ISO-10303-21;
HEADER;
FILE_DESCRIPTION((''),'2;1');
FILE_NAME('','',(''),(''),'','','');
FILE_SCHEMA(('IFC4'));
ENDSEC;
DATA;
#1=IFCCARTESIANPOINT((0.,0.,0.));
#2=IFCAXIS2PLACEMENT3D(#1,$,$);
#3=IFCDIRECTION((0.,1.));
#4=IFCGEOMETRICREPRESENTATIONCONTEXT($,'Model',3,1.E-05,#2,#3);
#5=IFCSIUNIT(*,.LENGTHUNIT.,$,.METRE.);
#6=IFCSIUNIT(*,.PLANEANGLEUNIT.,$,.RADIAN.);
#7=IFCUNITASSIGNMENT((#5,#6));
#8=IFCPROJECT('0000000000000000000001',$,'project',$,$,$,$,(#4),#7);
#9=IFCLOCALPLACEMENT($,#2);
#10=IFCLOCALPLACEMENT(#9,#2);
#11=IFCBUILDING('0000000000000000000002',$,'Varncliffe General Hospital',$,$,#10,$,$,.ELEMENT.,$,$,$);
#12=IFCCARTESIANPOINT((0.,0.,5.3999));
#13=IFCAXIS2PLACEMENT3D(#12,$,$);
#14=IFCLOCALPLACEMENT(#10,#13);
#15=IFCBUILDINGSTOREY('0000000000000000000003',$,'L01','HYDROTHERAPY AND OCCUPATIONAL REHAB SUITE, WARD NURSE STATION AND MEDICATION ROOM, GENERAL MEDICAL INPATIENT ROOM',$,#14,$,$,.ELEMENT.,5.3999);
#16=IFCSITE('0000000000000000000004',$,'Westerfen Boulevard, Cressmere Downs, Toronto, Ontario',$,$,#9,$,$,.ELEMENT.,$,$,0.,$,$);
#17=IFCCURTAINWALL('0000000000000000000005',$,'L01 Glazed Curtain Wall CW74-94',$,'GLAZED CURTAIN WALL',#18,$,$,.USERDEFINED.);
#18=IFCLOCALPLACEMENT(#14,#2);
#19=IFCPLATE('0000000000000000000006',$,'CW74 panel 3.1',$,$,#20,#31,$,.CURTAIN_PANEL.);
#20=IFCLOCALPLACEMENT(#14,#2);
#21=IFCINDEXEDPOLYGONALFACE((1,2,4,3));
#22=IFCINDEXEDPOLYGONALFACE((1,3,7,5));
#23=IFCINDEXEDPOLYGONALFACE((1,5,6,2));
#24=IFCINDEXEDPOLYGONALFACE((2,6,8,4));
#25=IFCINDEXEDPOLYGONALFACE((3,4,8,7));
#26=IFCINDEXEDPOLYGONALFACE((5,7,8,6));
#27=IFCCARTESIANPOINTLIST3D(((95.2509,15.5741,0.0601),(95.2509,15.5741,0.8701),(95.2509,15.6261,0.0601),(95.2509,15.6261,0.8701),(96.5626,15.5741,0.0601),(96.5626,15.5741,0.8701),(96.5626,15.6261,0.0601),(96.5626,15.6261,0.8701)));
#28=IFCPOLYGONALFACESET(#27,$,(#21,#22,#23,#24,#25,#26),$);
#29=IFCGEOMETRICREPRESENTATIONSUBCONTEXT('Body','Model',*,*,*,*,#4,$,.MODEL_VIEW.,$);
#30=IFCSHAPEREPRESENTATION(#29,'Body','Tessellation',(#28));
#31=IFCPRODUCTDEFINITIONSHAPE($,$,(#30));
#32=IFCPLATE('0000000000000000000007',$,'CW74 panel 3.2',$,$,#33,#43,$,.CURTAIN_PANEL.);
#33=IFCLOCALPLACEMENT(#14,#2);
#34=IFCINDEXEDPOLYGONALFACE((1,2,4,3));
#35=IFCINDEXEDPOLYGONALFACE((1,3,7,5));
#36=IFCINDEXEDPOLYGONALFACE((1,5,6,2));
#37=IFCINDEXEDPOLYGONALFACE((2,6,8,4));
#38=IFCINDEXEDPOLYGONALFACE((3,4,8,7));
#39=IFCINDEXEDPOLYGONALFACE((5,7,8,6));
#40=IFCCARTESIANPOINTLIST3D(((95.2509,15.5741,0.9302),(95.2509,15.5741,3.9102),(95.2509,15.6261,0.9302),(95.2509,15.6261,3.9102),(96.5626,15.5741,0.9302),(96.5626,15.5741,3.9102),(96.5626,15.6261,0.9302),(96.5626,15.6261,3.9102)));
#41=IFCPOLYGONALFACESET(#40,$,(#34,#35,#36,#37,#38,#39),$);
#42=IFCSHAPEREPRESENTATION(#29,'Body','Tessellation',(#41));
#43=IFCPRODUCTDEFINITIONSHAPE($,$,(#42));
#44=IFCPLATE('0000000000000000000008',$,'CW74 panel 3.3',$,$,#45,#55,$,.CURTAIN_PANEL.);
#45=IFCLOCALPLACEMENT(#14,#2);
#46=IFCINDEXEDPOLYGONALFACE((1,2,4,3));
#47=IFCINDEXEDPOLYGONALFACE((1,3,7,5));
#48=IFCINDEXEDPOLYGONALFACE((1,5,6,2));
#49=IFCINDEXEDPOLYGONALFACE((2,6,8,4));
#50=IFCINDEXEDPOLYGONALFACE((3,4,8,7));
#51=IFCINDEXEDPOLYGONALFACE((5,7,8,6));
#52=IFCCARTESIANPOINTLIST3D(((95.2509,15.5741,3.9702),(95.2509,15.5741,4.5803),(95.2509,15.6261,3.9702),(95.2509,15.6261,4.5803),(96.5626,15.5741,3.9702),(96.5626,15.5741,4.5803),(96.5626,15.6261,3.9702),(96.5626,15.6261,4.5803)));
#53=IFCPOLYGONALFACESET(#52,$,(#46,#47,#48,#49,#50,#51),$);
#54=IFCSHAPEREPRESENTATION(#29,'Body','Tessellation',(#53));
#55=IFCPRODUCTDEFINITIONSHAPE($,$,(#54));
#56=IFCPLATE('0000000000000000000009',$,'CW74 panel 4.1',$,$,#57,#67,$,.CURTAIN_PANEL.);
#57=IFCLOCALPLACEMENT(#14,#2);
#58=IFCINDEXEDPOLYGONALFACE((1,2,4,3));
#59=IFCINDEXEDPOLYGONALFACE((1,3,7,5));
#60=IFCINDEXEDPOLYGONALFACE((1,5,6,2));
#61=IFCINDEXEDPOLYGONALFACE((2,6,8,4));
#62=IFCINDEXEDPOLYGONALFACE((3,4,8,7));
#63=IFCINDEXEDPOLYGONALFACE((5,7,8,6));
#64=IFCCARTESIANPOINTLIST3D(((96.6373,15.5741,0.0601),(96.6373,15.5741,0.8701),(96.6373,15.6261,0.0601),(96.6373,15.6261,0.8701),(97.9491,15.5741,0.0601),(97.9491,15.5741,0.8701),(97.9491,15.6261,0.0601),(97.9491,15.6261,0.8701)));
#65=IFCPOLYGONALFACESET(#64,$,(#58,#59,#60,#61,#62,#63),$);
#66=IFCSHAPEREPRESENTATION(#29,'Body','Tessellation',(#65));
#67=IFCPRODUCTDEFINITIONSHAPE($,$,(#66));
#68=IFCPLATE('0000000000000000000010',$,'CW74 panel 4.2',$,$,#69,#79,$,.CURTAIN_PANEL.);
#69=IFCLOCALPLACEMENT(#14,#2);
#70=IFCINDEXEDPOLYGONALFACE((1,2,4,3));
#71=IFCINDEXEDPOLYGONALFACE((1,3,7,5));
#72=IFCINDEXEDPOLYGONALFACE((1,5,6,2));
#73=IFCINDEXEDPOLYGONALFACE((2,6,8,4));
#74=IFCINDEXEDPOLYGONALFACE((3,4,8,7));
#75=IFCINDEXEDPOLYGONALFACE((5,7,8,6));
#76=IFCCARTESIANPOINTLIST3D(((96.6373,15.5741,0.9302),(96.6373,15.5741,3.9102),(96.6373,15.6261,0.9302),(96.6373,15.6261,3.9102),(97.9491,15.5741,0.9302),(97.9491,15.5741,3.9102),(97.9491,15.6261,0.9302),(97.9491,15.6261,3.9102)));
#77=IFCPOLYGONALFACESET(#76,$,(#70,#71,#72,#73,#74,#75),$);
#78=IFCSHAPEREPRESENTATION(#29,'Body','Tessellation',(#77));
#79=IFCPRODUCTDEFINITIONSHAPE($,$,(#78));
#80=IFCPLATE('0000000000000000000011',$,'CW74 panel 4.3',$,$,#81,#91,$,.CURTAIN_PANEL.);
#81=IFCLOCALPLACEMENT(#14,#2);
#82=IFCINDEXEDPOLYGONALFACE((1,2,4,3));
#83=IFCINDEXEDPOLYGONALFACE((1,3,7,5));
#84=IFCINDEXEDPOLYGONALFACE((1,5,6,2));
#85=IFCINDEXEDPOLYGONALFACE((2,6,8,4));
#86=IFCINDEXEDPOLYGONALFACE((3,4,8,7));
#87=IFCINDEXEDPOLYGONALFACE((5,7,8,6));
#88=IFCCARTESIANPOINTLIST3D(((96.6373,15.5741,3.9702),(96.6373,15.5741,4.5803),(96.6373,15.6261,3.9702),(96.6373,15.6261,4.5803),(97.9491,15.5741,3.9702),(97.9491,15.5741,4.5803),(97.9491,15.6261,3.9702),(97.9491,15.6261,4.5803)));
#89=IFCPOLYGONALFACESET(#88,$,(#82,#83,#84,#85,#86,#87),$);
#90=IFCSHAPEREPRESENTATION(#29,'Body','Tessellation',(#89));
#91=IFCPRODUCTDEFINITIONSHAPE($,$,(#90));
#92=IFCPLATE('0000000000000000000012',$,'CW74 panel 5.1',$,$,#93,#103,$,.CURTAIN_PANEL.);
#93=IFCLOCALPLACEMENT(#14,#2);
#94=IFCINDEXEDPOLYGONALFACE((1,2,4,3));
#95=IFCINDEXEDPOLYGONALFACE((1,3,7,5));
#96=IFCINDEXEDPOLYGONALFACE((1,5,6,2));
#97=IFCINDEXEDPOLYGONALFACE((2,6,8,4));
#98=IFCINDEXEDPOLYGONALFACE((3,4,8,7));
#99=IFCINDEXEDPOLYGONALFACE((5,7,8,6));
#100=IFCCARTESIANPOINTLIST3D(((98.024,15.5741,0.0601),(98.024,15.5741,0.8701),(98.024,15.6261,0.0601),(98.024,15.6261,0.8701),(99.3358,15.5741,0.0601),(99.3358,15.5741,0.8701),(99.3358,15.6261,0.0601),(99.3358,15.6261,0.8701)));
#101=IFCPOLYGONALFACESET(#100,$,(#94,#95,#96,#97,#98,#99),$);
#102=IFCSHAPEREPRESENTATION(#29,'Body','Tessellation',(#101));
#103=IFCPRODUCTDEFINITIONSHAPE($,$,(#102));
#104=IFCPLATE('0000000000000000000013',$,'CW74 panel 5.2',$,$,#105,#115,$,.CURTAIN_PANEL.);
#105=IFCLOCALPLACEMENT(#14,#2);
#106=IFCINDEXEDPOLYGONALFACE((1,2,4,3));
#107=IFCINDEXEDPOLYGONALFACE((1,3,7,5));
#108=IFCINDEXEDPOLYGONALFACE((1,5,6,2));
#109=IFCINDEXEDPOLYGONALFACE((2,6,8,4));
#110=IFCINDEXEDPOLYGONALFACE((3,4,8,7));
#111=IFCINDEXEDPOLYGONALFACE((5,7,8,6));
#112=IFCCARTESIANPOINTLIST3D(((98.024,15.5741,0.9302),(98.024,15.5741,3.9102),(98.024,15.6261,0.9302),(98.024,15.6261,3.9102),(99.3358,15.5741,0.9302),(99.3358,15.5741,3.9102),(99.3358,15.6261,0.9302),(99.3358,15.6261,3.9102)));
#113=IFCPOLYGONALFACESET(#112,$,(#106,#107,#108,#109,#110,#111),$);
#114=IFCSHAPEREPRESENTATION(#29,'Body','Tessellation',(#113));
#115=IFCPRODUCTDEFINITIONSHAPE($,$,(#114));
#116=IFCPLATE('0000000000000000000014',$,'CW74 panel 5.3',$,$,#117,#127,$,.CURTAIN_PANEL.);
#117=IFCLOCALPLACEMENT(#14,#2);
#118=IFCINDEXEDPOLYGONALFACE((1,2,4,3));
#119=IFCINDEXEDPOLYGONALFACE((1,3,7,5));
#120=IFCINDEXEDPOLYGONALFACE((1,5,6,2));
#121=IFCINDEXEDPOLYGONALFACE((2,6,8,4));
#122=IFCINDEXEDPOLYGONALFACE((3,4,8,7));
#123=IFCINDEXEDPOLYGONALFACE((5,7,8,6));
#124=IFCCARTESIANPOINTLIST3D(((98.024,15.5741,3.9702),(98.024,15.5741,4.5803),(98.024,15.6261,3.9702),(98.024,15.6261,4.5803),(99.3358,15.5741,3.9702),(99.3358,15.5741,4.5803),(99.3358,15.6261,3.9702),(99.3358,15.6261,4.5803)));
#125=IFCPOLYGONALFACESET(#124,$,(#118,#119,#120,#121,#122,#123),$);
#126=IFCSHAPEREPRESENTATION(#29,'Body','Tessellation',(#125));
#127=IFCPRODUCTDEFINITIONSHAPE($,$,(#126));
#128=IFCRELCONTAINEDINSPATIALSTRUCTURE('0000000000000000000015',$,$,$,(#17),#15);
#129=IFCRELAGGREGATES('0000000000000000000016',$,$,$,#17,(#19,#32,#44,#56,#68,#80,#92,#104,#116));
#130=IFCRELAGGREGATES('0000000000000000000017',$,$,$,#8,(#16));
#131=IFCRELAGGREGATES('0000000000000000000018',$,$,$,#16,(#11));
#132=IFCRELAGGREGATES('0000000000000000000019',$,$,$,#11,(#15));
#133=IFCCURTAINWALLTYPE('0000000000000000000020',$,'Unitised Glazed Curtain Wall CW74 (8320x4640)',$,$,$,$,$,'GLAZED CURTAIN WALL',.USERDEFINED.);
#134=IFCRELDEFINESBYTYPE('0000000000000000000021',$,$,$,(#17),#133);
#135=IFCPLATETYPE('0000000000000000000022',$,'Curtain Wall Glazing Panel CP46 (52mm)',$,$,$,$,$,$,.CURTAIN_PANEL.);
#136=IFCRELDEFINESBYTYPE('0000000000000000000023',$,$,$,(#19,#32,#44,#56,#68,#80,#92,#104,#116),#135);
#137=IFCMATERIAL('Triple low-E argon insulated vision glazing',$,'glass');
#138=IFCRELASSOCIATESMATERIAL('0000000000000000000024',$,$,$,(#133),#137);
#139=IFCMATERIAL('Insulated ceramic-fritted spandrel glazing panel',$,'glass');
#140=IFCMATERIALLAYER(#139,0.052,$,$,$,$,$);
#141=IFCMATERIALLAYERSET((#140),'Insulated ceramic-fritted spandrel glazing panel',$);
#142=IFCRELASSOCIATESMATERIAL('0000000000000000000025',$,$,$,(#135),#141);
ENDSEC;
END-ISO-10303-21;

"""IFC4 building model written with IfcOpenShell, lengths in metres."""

from ifc_helpers import new_model, si_unit, direction, frame, origin, origin_2d, place, context, subcontext, project, spatial, rectangle, extrude, material, layer, layer_set, type_object, element, aggregate, save


model = new_model("IFC4")

# Units and contexts
model_context = context("Model", 3, precision=1e-05, world=origin(), true_north=direction((0.0, 1.0)))
body_context = subcontext(model_context, "Body", "Model", "MODEL_VIEW")
ifc_project = project(units=[si_unit("LENGTHUNIT", "METRE"), si_unit("PLANEANGLEUNIT", "RADIAN")], contexts=[model_context])

# Site, building, storey
site_placement = place(None, origin())
site = spatial("IfcSite", under=ifc_project, at=site_placement, Name="Westerfen Boulevard, Cressmere Downs, Toronto, Ontario", CompositionType="ELEMENT", RefElevation=0.0)
building_placement = place(site_placement, origin())
building = spatial("IfcBuilding", under=site, at=building_placement, Name="Varncliffe General Hospital", CompositionType="ELEMENT")
storey_placement = place(building_placement, frame((0.0, 0.0, 5.3999)))
storey = spatial("IfcBuildingStorey", under=building, at=storey_placement, Name="L01", Description="HYDROTHERAPY AND OCCUPATIONAL REHAB SUITE, WARD NURSE STATION AND MEDICATION ROOM, GENERAL MEDICAL INPATIENT ROOM", CompositionType="ELEMENT", Elevation=5.3999)

# Curtain wall, plates
ifc_material_1 = material(Name="Triple low-E argon insulated vision glazing", Category="glass")
curtain_wall_type = type_object("IfcCurtainWallType", Name="Unitised Glazed Curtain Wall CW74 (8320x4640)", ElementType="GLAZED CURTAIN WALL", PredefinedType="USERDEFINED", material=ifc_material_1)
curtain_wall_placement = place(storey_placement, origin())
curtain_wall = element("IfcCurtainWall", 1, at=curtain_wall_placement, inside=storey, type_object=curtain_wall_type, Name="L01 Glazed Curtain Wall CW74-94", ObjectType="GLAZED CURTAIN WALL", PredefinedType="USERDEFINED")
ifc_material_2 = material(Name="Insulated ceramic-fritted spandrel glazing panel", Category="glass")
ifc_layer = layer(ifc_material_2, 0.052)
ifc_layer_set = layer_set([ifc_layer], Name="Insulated ceramic-fritted spandrel glazing panel")
plate_type = type_object("IfcPlateType", Name="Curtain Wall Glazing Panel CP46 (52mm)", PredefinedType="CURTAIN_PANEL", material=ifc_layer_set)
plate_1_placement = place(storey_placement, frame((95.9067, 15.6001, 0.0601), z_axis=(0.0, 0.0, 1.0), x_axis=(1.0, 0.0, 0.0)))
plate_1 = element("IfcPlate", 2, at=plate_1_placement, type_object=plate_type, Name="CW74 panel 3.1", PredefinedType="CURTAIN_PANEL", context=body_context, shape_type="SweptSolid", body=[
    extrude(rectangle(XDim=1.3118, YDim=0.052, at=origin_2d()), origin(), (0.0, 0.0, 1.0), 0.8101),
])
plate_2_placement = place(storey_placement, frame((95.9067, 15.6001, 0.9302), z_axis=(0.0, 0.0, 1.0), x_axis=(1.0, 0.0, 0.0)))
plate_2 = element("IfcPlate", 3, at=plate_2_placement, type_object=plate_type, Name="CW74 panel 3.2", PredefinedType="CURTAIN_PANEL", context=body_context, shape_type="SweptSolid", body=[
    extrude(rectangle(XDim=1.3118, YDim=0.052, at=origin_2d()), origin(), (0.0, 0.0, 1.0), 2.98),
])
plate_3_placement = place(storey_placement, frame((95.9067, 15.6001, 3.9702), z_axis=(0.0, 0.0, 1.0), x_axis=(1.0, 0.0, 0.0)))
plate_3 = element("IfcPlate", 4, at=plate_3_placement, type_object=plate_type, Name="CW74 panel 3.3", PredefinedType="CURTAIN_PANEL", context=body_context, shape_type="SweptSolid", body=[
    extrude(rectangle(XDim=1.3118, YDim=0.052, at=origin_2d()), origin(), (0.0, 0.0, 1.0), 0.6101),
])
plate_4_placement = place(storey_placement, frame((97.2932, 15.6001, 0.0601), z_axis=(0.0, 0.0, 1.0), x_axis=(1.0, 0.0, 0.0)))
plate_4 = element("IfcPlate", 5, at=plate_4_placement, type_object=plate_type, Name="CW74 panel 4.1", PredefinedType="CURTAIN_PANEL", context=body_context, shape_type="SweptSolid", body=[
    extrude(rectangle(XDim=1.3118, YDim=0.052, at=origin_2d()), origin(), (0.0, 0.0, 1.0), 0.8101),
])
plate_5_placement = place(storey_placement, frame((97.2932, 15.6001, 0.9302), z_axis=(0.0, 0.0, 1.0), x_axis=(1.0, 0.0, 0.0)))
plate_5 = element("IfcPlate", 6, at=plate_5_placement, type_object=plate_type, Name="CW74 panel 4.2", PredefinedType="CURTAIN_PANEL", context=body_context, shape_type="SweptSolid", body=[
    extrude(rectangle(XDim=1.3118, YDim=0.052, at=origin_2d()), origin(), (0.0, 0.0, 1.0), 2.98),
])
plate_6_placement = place(storey_placement, frame((97.2932, 15.6001, 3.9702), z_axis=(0.0, 0.0, 1.0), x_axis=(1.0, 0.0, 0.0)))
plate_6 = element("IfcPlate", 7, at=plate_6_placement, type_object=plate_type, Name="CW74 panel 4.3", PredefinedType="CURTAIN_PANEL", context=body_context, shape_type="SweptSolid", body=[
    extrude(rectangle(XDim=1.3118, YDim=0.052, at=origin_2d()), origin(), (0.0, 0.0, 1.0), 0.6101),
])
plate_7_placement = place(storey_placement, frame((98.6799, 15.6001, 0.0601), z_axis=(0.0, 0.0, 1.0), x_axis=(1.0, 0.0, 0.0)))
plate_7 = element("IfcPlate", 8, at=plate_7_placement, type_object=plate_type, Name="CW74 panel 5.1", PredefinedType="CURTAIN_PANEL", context=body_context, shape_type="SweptSolid", body=[
    extrude(rectangle(XDim=1.3118, YDim=0.052, at=origin_2d()), origin(), (0.0, 0.0, 1.0), 0.8101),
])
plate_8_placement = place(storey_placement, frame((98.6799, 15.6001, 0.9302), z_axis=(0.0, 0.0, 1.0), x_axis=(1.0, 0.0, 0.0)))
plate_8 = element("IfcPlate", 9, at=plate_8_placement, type_object=plate_type, Name="CW74 panel 5.2", PredefinedType="CURTAIN_PANEL", context=body_context, shape_type="SweptSolid", body=[
    extrude(rectangle(XDim=1.3118, YDim=0.052, at=origin_2d()), origin(), (0.0, 0.0, 1.0), 2.98),
])
plate_9_placement = place(storey_placement, frame((98.6799, 15.6001, 3.9702), z_axis=(0.0, 0.0, 1.0), x_axis=(1.0, 0.0, 0.0)))
plate_9 = element("IfcPlate", 10, at=plate_9_placement, type_object=plate_type, Name="CW74 panel 5.3", PredefinedType="CURTAIN_PANEL", context=body_context, shape_type="SweptSolid", body=[
    extrude(rectangle(XDim=1.3118, YDim=0.052, at=origin_2d()), origin(), (0.0, 0.0, 1.0), 0.6101),
])
aggregate(curtain_wall, [plate_1, plate_2, plate_3, plate_4, plate_5, plate_6, plate_7, plate_8, plate_9])

save(model, "model.ifc")
